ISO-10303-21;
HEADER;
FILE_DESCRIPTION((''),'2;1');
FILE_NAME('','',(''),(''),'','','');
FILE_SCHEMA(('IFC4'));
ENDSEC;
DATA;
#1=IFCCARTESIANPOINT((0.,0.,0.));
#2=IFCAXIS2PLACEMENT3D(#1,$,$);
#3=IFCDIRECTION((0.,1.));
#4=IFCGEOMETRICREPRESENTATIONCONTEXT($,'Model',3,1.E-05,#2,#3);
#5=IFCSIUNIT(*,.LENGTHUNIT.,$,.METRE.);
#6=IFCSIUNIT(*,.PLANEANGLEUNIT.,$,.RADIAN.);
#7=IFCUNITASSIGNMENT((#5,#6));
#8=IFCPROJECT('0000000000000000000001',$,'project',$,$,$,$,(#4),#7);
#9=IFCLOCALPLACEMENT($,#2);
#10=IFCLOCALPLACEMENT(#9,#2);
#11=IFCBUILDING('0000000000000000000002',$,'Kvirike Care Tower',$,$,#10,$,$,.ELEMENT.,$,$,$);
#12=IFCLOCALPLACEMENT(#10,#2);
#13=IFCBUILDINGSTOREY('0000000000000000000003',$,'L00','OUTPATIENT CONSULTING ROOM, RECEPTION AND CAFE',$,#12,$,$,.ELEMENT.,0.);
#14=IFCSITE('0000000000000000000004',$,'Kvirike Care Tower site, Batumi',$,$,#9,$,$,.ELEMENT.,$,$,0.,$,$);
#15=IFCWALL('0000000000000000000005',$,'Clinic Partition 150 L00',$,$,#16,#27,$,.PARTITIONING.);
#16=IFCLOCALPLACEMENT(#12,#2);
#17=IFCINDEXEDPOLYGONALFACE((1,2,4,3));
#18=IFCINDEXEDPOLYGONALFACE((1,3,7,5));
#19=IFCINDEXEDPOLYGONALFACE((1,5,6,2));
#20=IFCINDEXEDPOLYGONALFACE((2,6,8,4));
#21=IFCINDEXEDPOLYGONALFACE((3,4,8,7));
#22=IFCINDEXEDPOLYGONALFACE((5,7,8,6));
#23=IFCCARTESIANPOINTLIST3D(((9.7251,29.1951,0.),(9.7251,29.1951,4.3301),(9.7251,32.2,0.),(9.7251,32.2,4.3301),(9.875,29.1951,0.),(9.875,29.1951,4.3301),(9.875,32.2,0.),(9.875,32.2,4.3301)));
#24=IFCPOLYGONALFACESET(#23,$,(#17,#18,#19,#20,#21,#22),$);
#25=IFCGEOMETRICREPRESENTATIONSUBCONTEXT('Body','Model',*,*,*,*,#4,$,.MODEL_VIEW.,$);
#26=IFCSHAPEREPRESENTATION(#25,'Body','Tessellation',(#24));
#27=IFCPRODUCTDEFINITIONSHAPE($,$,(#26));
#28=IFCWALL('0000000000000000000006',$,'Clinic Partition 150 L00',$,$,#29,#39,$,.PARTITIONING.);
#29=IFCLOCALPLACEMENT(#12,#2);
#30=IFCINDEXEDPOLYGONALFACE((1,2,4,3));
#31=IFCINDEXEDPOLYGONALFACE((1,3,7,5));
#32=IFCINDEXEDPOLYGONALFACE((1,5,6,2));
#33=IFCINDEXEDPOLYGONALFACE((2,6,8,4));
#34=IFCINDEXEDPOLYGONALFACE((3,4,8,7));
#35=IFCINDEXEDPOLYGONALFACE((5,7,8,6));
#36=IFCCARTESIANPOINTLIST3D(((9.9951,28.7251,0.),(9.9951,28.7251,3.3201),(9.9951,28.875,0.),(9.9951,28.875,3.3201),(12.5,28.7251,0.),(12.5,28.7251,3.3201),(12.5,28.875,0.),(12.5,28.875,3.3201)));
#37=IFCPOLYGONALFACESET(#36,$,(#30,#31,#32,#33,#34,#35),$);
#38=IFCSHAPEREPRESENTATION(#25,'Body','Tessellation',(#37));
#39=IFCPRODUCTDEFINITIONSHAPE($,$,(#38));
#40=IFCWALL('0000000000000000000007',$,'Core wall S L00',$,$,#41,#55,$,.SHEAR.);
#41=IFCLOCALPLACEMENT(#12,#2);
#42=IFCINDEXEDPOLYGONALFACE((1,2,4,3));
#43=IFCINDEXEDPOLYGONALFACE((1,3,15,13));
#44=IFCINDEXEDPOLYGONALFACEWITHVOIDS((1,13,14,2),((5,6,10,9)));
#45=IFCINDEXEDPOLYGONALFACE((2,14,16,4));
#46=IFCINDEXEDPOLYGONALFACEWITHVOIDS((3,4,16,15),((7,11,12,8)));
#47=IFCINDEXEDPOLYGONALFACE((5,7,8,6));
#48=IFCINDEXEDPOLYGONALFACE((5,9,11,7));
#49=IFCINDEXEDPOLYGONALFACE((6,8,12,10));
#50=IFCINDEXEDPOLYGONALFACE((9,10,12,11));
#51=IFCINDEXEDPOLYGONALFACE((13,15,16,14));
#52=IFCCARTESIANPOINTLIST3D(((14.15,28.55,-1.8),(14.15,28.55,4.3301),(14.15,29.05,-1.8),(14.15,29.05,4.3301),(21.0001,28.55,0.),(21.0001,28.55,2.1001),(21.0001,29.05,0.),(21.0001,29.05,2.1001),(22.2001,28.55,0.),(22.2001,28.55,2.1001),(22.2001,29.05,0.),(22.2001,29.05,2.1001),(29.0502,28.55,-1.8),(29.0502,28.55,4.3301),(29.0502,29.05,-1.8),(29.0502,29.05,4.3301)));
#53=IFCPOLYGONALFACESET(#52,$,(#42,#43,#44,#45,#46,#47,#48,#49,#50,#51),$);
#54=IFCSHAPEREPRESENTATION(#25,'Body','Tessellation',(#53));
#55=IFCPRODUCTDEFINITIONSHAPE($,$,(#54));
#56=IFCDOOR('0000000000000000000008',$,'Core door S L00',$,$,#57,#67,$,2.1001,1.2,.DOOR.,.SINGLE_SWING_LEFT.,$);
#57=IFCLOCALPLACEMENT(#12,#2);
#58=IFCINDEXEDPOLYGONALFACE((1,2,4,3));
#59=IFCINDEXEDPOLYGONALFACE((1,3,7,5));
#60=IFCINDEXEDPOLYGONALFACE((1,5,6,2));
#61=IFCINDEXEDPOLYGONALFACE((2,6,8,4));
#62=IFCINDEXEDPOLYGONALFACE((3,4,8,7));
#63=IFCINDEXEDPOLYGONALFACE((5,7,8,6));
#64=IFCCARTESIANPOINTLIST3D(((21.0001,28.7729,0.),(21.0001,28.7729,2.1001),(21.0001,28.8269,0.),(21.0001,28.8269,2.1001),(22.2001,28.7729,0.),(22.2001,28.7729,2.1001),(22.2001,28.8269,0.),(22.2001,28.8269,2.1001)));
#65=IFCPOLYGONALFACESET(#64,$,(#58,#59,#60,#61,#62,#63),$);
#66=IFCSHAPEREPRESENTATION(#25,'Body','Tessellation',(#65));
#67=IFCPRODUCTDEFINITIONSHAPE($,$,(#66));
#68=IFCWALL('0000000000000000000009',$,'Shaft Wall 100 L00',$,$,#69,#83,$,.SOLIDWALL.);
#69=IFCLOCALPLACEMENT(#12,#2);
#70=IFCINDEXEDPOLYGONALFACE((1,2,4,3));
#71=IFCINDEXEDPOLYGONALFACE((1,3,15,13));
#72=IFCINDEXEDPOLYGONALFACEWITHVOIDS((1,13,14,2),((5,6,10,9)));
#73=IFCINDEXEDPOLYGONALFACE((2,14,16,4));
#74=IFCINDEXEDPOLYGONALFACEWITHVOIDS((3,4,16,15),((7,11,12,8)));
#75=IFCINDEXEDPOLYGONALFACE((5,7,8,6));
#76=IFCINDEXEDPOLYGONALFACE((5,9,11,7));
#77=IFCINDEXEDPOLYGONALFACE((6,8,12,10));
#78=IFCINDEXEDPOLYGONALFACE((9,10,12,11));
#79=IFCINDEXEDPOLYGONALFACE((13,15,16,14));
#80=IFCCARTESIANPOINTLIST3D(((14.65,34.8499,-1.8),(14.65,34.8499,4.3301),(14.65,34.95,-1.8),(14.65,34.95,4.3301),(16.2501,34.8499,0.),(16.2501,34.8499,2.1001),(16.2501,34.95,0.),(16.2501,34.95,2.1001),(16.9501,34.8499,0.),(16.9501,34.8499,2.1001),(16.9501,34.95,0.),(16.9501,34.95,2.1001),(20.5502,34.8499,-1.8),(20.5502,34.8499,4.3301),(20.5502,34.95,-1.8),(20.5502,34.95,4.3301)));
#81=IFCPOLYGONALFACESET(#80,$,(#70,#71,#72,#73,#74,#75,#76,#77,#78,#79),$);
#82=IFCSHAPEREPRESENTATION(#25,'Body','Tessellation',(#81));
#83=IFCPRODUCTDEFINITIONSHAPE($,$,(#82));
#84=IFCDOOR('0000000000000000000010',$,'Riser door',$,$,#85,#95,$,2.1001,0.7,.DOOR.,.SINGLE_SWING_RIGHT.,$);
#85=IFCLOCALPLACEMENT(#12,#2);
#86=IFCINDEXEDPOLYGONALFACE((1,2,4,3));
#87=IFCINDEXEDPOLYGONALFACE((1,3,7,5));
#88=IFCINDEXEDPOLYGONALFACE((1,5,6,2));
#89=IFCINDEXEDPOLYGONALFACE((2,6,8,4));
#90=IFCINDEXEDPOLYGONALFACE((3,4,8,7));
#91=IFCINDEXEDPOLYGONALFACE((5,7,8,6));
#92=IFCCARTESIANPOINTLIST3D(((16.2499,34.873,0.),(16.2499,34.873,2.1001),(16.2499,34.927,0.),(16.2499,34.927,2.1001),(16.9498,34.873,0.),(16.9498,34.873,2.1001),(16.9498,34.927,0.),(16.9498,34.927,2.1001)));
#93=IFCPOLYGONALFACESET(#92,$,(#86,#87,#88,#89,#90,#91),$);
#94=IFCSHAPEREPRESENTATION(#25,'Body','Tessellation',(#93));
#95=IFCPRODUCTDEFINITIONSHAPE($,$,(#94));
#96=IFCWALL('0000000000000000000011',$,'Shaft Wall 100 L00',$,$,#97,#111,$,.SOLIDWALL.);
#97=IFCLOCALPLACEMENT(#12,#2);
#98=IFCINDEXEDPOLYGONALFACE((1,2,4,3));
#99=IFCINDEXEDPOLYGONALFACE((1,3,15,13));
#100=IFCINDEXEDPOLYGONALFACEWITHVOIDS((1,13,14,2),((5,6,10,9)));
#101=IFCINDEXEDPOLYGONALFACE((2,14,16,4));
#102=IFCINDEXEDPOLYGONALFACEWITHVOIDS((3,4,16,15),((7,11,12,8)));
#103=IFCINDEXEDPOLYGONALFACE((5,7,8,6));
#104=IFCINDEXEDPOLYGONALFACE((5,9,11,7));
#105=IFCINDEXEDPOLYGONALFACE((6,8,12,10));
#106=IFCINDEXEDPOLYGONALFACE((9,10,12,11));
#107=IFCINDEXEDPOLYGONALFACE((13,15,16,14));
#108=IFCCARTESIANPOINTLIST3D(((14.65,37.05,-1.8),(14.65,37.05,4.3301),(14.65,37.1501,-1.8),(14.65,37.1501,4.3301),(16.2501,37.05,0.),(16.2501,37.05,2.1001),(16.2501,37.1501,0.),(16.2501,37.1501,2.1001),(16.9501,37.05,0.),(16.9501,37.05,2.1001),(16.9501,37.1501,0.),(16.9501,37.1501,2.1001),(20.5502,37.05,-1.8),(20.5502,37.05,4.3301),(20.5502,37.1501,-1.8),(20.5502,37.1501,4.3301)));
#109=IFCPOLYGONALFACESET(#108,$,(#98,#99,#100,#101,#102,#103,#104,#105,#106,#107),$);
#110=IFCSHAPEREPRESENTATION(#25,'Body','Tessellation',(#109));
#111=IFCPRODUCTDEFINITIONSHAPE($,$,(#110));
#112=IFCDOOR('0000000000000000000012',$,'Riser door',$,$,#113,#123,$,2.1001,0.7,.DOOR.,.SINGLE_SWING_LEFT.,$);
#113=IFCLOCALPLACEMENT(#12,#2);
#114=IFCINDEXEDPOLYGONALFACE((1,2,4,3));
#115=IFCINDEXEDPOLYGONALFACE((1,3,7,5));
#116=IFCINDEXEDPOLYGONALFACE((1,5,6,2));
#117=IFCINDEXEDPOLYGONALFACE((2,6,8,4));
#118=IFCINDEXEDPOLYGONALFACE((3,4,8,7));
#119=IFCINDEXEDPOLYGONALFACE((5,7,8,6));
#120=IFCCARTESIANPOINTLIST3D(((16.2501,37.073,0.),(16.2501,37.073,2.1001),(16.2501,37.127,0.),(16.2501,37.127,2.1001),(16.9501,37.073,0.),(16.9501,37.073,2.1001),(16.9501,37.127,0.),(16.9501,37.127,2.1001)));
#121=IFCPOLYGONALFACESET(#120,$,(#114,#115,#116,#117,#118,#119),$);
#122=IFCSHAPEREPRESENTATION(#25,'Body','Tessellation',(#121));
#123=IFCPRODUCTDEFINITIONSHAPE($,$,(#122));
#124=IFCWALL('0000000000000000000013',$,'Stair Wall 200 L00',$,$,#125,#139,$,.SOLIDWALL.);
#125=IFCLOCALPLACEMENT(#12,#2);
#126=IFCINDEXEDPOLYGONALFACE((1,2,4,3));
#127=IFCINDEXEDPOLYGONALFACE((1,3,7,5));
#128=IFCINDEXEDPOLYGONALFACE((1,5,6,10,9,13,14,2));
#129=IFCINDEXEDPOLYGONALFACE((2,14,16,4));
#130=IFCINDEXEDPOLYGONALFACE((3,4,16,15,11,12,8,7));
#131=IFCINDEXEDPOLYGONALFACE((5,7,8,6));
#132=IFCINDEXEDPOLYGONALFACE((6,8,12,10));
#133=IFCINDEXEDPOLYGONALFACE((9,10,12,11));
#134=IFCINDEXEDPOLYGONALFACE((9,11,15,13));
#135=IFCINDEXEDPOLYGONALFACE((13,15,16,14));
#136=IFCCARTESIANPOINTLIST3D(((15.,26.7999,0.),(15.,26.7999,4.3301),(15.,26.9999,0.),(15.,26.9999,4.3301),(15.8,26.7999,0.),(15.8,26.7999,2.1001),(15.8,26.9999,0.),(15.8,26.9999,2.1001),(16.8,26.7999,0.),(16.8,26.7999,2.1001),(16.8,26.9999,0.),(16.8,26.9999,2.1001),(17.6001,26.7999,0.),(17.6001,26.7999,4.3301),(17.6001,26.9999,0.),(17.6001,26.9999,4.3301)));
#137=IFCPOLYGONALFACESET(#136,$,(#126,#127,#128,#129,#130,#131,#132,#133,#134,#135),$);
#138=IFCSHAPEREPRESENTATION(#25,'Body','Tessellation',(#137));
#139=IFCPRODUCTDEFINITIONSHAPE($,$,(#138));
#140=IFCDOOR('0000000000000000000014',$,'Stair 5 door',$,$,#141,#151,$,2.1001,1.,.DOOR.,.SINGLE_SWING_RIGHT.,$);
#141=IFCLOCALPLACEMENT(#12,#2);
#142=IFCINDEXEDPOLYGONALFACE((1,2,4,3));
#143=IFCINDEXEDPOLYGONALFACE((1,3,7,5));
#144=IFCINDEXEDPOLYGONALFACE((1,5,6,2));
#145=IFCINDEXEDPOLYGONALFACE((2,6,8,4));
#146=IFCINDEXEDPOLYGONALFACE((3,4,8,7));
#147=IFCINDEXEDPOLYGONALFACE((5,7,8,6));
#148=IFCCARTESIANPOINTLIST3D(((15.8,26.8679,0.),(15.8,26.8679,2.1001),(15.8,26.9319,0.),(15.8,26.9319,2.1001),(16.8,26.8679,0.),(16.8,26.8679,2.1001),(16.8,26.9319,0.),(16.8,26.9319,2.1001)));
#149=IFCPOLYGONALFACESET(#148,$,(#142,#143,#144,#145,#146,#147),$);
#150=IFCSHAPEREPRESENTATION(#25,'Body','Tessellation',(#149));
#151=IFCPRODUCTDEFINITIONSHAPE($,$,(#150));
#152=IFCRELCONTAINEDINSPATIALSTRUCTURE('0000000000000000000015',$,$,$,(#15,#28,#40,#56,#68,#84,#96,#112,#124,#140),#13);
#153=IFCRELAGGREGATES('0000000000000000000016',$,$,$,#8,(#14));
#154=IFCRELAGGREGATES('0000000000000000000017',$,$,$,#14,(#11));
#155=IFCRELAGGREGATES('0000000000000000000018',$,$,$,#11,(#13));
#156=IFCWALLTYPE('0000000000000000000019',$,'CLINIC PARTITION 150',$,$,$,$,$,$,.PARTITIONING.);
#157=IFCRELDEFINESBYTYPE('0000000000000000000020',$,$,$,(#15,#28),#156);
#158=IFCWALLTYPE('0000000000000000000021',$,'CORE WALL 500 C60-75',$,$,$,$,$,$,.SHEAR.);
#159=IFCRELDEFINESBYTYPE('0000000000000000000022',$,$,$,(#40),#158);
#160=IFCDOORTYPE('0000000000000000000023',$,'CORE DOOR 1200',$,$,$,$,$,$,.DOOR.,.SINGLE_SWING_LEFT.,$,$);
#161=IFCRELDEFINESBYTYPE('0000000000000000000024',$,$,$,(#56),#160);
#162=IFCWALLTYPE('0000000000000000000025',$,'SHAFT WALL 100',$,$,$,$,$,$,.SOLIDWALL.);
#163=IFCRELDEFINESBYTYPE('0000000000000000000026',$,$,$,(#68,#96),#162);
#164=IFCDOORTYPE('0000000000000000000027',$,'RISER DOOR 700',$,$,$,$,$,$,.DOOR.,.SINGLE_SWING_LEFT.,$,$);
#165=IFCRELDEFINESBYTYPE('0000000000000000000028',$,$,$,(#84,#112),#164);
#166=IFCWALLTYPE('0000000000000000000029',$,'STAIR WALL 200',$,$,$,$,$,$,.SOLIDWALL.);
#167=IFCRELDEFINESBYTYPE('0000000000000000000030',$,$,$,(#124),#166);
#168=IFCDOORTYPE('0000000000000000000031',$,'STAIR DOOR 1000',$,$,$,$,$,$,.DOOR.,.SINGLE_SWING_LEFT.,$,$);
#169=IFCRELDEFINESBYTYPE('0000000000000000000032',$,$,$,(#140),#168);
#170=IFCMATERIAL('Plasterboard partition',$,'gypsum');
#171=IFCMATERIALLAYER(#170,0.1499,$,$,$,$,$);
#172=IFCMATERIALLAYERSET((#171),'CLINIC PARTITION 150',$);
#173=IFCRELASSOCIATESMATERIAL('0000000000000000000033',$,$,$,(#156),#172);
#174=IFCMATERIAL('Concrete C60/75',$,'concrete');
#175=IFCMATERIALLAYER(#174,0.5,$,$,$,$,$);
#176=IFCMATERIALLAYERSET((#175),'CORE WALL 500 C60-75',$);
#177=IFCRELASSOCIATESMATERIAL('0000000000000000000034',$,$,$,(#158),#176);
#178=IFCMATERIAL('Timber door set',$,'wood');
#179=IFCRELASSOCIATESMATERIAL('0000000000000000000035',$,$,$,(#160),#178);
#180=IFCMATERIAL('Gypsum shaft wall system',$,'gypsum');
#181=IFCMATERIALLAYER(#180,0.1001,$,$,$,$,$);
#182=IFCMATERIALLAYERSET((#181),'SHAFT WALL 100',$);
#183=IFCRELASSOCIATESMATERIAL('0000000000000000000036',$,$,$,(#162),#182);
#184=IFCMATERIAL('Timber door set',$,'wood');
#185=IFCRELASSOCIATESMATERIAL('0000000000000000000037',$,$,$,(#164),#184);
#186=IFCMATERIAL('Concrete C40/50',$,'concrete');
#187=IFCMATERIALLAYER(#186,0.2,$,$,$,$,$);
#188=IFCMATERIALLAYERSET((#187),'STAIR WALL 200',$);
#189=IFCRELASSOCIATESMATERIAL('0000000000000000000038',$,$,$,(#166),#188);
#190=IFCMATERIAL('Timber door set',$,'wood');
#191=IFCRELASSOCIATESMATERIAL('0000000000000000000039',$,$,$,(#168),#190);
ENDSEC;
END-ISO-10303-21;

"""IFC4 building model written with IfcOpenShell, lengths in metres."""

from ifc_helpers import new_model, si_unit, direction, frame, frame_2d, origin, place, context, subcontext, project, spatial, rectangle, extrude, material, layer, layer_set, type_object, element, fill, save


model = new_model("IFC4")

# Units and contexts
model_context = context("Model", 3, precision=1e-05, world=origin(), true_north=direction((0.0, 1.0)))
body_context = subcontext(model_context, "Body", "Model", "MODEL_VIEW")
ifc_project = project(units=[si_unit("LENGTHUNIT", "METRE"), si_unit("PLANEANGLEUNIT", "RADIAN")], contexts=[model_context])

# Site, building, storey
site_placement = place(None, origin())
site = spatial("IfcSite", under=ifc_project, at=site_placement, Name="Kvirike Care Tower site, Batumi", CompositionType="ELEMENT", RefElevation=0.0)
building_placement = place(site_placement, origin())
building = spatial("IfcBuilding", under=site, at=building_placement, Name="Kvirike Care Tower", CompositionType="ELEMENT")
storey_placement = place(building_placement, origin())
storey = spatial("IfcBuildingStorey", under=building, at=storey_placement, Name="L00", Description="OUTPATIENT CONSULTING ROOM, RECEPTION AND CAFE", CompositionType="ELEMENT", Elevation=0.0)

# Walls
ifc_material_1 = material(Name="Plasterboard partition", Category="gypsum")
ifc_layer_1 = layer(ifc_material_1, 0.1499)
ifc_layer_set_1 = layer_set([ifc_layer_1], Name="CLINIC PARTITION 150")
wall_type_1 = type_object("IfcWallType", Name="CLINIC PARTITION 150", PredefinedType="PARTITIONING", material=ifc_layer_set_1)
wall_1_placement = place(storey_placement, frame((9.8, 32.2, 0.0), z_axis=(0.0, 0.0, 1.0), x_axis=(0.0, -1.0, 0.0)))
element("IfcWall", 1, at=wall_1_placement, inside=storey, type_object=wall_type_1, Name="Clinic Partition 150 L00", PredefinedType="PARTITIONING", context=body_context, shape_type="SweptSolid", body=[
    extrude(rectangle(XDim=3.0049, YDim=0.1499, at=frame_2d((1.5024, 0.0))), origin(), (0.0, 0.0, 1.0), 4.3301),
])
wall_2_placement = place(storey_placement, frame((12.5, 28.8, 0.0), z_axis=(0.0, 0.0, 1.0), x_axis=(-1.0, 0.0, 0.0)))
element("IfcWall", 2, at=wall_2_placement, inside=storey, type_object=wall_type_1, Name="Clinic Partition 150 L00", PredefinedType="PARTITIONING", context=body_context, shape_type="SweptSolid", body=[
    extrude(rectangle(XDim=2.5049, YDim=0.1499, at=frame_2d((1.2524, 0.0))), origin(), (0.0, 0.0, 1.0), 3.3201),
])

# Walls, openings, doors
ifc_material_2 = material(Name="Concrete C60/75", Category="concrete")
ifc_layer_2 = layer(ifc_material_2, 0.5)
ifc_layer_set_2 = layer_set([ifc_layer_2], Name="CORE WALL 500 C60-75")
wall_type_2 = type_object("IfcWallType", Name="CORE WALL 500 C60-75", PredefinedType="SHEAR", material=ifc_layer_set_2)
wall_3_placement = place(storey_placement, frame((14.1499, 28.8, -1.8), z_axis=(0.0, 0.0, 1.0), x_axis=(1.0, 0.0, 0.0)))
wall_3 = element("IfcWall", 3, at=wall_3_placement, inside=storey, type_object=wall_type_2, Name="Core wall S L00", PredefinedType="SHEAR", context=body_context, shape_type="SweptSolid", body=[
    extrude(rectangle(XDim=14.9001, YDim=0.5, at=frame_2d((7.4502, 0.0))), origin(), (0.0, 0.0, 1.0), 6.1301),
])
opening_1_placement = place(wall_3_placement, frame((6.8501, 0.0, 1.8)))
opening_1 = element("IfcOpeningElement", 4, at=opening_1_placement, cuts=wall_3, PredefinedType="OPENING", context=body_context, shape_type="SweptSolid", body=[
    extrude(rectangle(XDim=1.2, YDim=2.1001, at=frame_2d((0.6001, 1.05))), frame((0.0, 0.2605, 0.0), z_axis=(0.0, -1.0, 0.0), x_axis=(1.0, 0.0, 0.0)), (0.0, 0.0, 1.0), 0.521),
])
ifc_material_3 = material(Name="Timber door set", Category="wood")
door_type_1 = type_object("IfcDoorType", Name="CORE DOOR 1200", OperationType="SINGLE_SWING_LEFT", PredefinedType="DOOR", material=ifc_material_3)
door_1_placement = place(opening_1_placement, origin())
door_1 = element("IfcDoor", 5, at=door_1_placement, inside=storey, type_object=door_type_1, Name="Core door S L00", OperationType="SINGLE_SWING_LEFT", OverallHeight=2.1001, OverallWidth=1.2, PredefinedType="DOOR", context=body_context, shape_type="SweptSolid", body=[
    extrude(rectangle(XDim=1.2, YDim=2.1001, at=frame_2d((0.6001, 1.05))), frame((0.0, 0.0269, 0.0), z_axis=(0.0, -1.0, 0.0), x_axis=(1.0, 0.0, 0.0)), (0.0, 0.0, 1.0), 0.054),
])
fill(opening_1, door_1)
ifc_material_4 = material(Name="Gypsum shaft wall system", Category="gypsum")
ifc_layer_3 = layer(ifc_material_4, 0.1001)
ifc_layer_set_3 = layer_set([ifc_layer_3], Name="SHAFT WALL 100")
wall_type_3 = type_object("IfcWallType", Name="SHAFT WALL 100", PredefinedType="SOLIDWALL", material=ifc_layer_set_3)
wall_4_placement = place(storey_placement, frame((14.6499, 34.8999, -1.8), z_axis=(0.0, 0.0, 1.0), x_axis=(1.0, 0.0, 0.0)))
wall_4 = element("IfcWall", 6, at=wall_4_placement, inside=storey, type_object=wall_type_3, Name="Shaft Wall 100 L00", PredefinedType="SOLIDWALL", context=body_context, shape_type="SweptSolid", body=[
    extrude(rectangle(XDim=5.9001, YDim=0.1001, at=frame_2d((2.9502, 0.0))), origin(), (0.0, 0.0, 1.0), 6.1301),
])
opening_2_placement = place(wall_4_placement, frame((1.6001, 0.0, 1.8)))
opening_2 = element("IfcOpeningElement", 7, at=opening_2_placement, cuts=wall_4, PredefinedType="OPENING", context=body_context, shape_type="SweptSolid", body=[
    extrude(rectangle(XDim=0.7, YDim=2.1001, at=frame_2d((0.3501, 1.05))), frame((0.0, 0.0605, 0.0), z_axis=(0.0, -1.0, 0.0), x_axis=(1.0, 0.0, 0.0)), (0.0, 0.0, 1.0), 0.1211),
])
ifc_material_5 = material(Name="Timber door set", Category="wood")
door_type_2 = type_object("IfcDoorType", Name="RISER DOOR 700", OperationType="SINGLE_SWING_LEFT", PredefinedType="DOOR", material=ifc_material_5)
door_2_placement = place(opening_2_placement, frame((0.7, 0.0, 0.0), z_axis=(0.0, 0.0, 1.0), x_axis=(-1.0, 0.0, 0.0)))
door_2 = element("IfcDoor", 8, at=door_2_placement, inside=storey, type_object=door_type_2, Name="Riser door", OperationType="SINGLE_SWING_RIGHT", OverallHeight=2.1001, OverallWidth=0.7, PredefinedType="DOOR", context=body_context, shape_type="SweptSolid", body=[
    extrude(rectangle(XDim=0.7, YDim=2.1001, at=frame_2d((0.3501, 1.05))), frame((0.0, 0.0269, 0.0), z_axis=(0.0, -1.0, 0.0), x_axis=(1.0, 0.0, 0.0)), (0.0, 0.0, 1.0), 0.054),
])
fill(opening_2, door_2)
wall_5_placement = place(storey_placement, frame((14.6499, 37.1001, -1.8), z_axis=(0.0, 0.0, 1.0), x_axis=(1.0, 0.0, 0.0)))
wall_5 = element("IfcWall", 9, at=wall_5_placement, inside=storey, type_object=wall_type_3, Name="Shaft Wall 100 L00", PredefinedType="SOLIDWALL", context=body_context, shape_type="SweptSolid", body=[
    extrude(rectangle(XDim=5.9001, YDim=0.1001, at=frame_2d((2.9502, 0.0))), origin(), (0.0, 0.0, 1.0), 6.1301),
])
opening_3_placement = place(wall_5_placement, frame((1.6001, 0.0, 1.8)))
opening_3 = element("IfcOpeningElement", 10, at=opening_3_placement, cuts=wall_5, PredefinedType="OPENING", context=body_context, shape_type="SweptSolid", body=[
    extrude(rectangle(XDim=0.7, YDim=2.1001, at=frame_2d((0.3501, 1.05))), frame((0.0, 0.0605, 0.0), z_axis=(0.0, -1.0, 0.0), x_axis=(1.0, 0.0, 0.0)), (0.0, 0.0, 1.0), 0.1211),
])
door_3_placement = place(opening_3_placement, origin())
door_3 = element("IfcDoor", 11, at=door_3_placement, inside=storey, type_object=door_type_2, Name="Riser door", OperationType="SINGLE_SWING_LEFT", OverallHeight=2.1001, OverallWidth=0.7, PredefinedType="DOOR", context=body_context, shape_type="SweptSolid", body=[
    extrude(rectangle(XDim=0.7, YDim=2.1001, at=frame_2d((0.3501, 1.05))), frame((0.0, 0.0269, 0.0), z_axis=(0.0, -1.0, 0.0), x_axis=(1.0, 0.0, 0.0)), (0.0, 0.0, 1.0), 0.054),
])
fill(opening_3, door_3)
ifc_material_6 = material(Name="Concrete C40/50", Category="concrete")
ifc_layer_4 = layer(ifc_material_6, 0.2)
ifc_layer_set_4 = layer_set([ifc_layer_4], Name="STAIR WALL 200")
wall_type_4 = type_object("IfcWallType", Name="STAIR WALL 200", PredefinedType="SOLIDWALL", material=ifc_layer_set_4)
wall_6_placement = place(storey_placement, frame((15.0, 26.8999, 0.0), z_axis=(0.0, 0.0, 1.0), x_axis=(1.0, 0.0, 0.0)))
wall_6 = element("IfcWall", 12, at=wall_6_placement, inside=storey, type_object=wall_type_4, Name="Stair Wall 200 L00", PredefinedType="SOLIDWALL", context=body_context, shape_type="SweptSolid", body=[
    extrude(rectangle(XDim=2.6001, YDim=0.2, at=frame_2d((1.3, 0.0))), origin(), (0.0, 0.0, 1.0), 4.3301),
])
opening_4_placement = place(wall_6_placement, frame((0.8, 0.0, 0.0)))
opening_4 = element("IfcOpeningElement", 13, at=opening_4_placement, cuts=wall_6, PredefinedType="OPENING", context=body_context, shape_type="SweptSolid", body=[
    extrude(rectangle(XDim=1.0, YDim=2.1001, at=frame_2d((0.5, 1.05))), frame((0.0, 0.1106, 0.0), z_axis=(0.0, -1.0, 0.0), x_axis=(1.0, 0.0, 0.0)), (0.0, 0.0, 1.0), 0.2209),
])
ifc_material_7 = material(Name="Timber door set", Category="wood")
door_type_3 = type_object("IfcDoorType", Name="STAIR DOOR 1000", OperationType="SINGLE_SWING_LEFT", PredefinedType="DOOR", material=ifc_material_7)
door_4_placement = place(opening_4_placement, frame((1.0, 0.0, 0.0), z_axis=(0.0, 0.0, 1.0), x_axis=(-1.0, 0.0, 0.0)))
door_4 = element("IfcDoor", 14, at=door_4_placement, inside=storey, type_object=door_type_3, Name="Stair 5 door", OperationType="SINGLE_SWING_RIGHT", OverallHeight=2.1001, OverallWidth=1.0, PredefinedType="DOOR", context=body_context, shape_type="SweptSolid", body=[
    extrude(rectangle(XDim=1.0, YDim=2.1001, at=frame_2d((0.5, 1.05))), frame((0.0, 0.032, 0.0), z_axis=(0.0, -1.0, 0.0), x_axis=(1.0, 0.0, 0.0)), (0.0, 0.0, 1.0), 0.064),
])
fill(opening_4, door_4)

save(model, "model.ifc")
